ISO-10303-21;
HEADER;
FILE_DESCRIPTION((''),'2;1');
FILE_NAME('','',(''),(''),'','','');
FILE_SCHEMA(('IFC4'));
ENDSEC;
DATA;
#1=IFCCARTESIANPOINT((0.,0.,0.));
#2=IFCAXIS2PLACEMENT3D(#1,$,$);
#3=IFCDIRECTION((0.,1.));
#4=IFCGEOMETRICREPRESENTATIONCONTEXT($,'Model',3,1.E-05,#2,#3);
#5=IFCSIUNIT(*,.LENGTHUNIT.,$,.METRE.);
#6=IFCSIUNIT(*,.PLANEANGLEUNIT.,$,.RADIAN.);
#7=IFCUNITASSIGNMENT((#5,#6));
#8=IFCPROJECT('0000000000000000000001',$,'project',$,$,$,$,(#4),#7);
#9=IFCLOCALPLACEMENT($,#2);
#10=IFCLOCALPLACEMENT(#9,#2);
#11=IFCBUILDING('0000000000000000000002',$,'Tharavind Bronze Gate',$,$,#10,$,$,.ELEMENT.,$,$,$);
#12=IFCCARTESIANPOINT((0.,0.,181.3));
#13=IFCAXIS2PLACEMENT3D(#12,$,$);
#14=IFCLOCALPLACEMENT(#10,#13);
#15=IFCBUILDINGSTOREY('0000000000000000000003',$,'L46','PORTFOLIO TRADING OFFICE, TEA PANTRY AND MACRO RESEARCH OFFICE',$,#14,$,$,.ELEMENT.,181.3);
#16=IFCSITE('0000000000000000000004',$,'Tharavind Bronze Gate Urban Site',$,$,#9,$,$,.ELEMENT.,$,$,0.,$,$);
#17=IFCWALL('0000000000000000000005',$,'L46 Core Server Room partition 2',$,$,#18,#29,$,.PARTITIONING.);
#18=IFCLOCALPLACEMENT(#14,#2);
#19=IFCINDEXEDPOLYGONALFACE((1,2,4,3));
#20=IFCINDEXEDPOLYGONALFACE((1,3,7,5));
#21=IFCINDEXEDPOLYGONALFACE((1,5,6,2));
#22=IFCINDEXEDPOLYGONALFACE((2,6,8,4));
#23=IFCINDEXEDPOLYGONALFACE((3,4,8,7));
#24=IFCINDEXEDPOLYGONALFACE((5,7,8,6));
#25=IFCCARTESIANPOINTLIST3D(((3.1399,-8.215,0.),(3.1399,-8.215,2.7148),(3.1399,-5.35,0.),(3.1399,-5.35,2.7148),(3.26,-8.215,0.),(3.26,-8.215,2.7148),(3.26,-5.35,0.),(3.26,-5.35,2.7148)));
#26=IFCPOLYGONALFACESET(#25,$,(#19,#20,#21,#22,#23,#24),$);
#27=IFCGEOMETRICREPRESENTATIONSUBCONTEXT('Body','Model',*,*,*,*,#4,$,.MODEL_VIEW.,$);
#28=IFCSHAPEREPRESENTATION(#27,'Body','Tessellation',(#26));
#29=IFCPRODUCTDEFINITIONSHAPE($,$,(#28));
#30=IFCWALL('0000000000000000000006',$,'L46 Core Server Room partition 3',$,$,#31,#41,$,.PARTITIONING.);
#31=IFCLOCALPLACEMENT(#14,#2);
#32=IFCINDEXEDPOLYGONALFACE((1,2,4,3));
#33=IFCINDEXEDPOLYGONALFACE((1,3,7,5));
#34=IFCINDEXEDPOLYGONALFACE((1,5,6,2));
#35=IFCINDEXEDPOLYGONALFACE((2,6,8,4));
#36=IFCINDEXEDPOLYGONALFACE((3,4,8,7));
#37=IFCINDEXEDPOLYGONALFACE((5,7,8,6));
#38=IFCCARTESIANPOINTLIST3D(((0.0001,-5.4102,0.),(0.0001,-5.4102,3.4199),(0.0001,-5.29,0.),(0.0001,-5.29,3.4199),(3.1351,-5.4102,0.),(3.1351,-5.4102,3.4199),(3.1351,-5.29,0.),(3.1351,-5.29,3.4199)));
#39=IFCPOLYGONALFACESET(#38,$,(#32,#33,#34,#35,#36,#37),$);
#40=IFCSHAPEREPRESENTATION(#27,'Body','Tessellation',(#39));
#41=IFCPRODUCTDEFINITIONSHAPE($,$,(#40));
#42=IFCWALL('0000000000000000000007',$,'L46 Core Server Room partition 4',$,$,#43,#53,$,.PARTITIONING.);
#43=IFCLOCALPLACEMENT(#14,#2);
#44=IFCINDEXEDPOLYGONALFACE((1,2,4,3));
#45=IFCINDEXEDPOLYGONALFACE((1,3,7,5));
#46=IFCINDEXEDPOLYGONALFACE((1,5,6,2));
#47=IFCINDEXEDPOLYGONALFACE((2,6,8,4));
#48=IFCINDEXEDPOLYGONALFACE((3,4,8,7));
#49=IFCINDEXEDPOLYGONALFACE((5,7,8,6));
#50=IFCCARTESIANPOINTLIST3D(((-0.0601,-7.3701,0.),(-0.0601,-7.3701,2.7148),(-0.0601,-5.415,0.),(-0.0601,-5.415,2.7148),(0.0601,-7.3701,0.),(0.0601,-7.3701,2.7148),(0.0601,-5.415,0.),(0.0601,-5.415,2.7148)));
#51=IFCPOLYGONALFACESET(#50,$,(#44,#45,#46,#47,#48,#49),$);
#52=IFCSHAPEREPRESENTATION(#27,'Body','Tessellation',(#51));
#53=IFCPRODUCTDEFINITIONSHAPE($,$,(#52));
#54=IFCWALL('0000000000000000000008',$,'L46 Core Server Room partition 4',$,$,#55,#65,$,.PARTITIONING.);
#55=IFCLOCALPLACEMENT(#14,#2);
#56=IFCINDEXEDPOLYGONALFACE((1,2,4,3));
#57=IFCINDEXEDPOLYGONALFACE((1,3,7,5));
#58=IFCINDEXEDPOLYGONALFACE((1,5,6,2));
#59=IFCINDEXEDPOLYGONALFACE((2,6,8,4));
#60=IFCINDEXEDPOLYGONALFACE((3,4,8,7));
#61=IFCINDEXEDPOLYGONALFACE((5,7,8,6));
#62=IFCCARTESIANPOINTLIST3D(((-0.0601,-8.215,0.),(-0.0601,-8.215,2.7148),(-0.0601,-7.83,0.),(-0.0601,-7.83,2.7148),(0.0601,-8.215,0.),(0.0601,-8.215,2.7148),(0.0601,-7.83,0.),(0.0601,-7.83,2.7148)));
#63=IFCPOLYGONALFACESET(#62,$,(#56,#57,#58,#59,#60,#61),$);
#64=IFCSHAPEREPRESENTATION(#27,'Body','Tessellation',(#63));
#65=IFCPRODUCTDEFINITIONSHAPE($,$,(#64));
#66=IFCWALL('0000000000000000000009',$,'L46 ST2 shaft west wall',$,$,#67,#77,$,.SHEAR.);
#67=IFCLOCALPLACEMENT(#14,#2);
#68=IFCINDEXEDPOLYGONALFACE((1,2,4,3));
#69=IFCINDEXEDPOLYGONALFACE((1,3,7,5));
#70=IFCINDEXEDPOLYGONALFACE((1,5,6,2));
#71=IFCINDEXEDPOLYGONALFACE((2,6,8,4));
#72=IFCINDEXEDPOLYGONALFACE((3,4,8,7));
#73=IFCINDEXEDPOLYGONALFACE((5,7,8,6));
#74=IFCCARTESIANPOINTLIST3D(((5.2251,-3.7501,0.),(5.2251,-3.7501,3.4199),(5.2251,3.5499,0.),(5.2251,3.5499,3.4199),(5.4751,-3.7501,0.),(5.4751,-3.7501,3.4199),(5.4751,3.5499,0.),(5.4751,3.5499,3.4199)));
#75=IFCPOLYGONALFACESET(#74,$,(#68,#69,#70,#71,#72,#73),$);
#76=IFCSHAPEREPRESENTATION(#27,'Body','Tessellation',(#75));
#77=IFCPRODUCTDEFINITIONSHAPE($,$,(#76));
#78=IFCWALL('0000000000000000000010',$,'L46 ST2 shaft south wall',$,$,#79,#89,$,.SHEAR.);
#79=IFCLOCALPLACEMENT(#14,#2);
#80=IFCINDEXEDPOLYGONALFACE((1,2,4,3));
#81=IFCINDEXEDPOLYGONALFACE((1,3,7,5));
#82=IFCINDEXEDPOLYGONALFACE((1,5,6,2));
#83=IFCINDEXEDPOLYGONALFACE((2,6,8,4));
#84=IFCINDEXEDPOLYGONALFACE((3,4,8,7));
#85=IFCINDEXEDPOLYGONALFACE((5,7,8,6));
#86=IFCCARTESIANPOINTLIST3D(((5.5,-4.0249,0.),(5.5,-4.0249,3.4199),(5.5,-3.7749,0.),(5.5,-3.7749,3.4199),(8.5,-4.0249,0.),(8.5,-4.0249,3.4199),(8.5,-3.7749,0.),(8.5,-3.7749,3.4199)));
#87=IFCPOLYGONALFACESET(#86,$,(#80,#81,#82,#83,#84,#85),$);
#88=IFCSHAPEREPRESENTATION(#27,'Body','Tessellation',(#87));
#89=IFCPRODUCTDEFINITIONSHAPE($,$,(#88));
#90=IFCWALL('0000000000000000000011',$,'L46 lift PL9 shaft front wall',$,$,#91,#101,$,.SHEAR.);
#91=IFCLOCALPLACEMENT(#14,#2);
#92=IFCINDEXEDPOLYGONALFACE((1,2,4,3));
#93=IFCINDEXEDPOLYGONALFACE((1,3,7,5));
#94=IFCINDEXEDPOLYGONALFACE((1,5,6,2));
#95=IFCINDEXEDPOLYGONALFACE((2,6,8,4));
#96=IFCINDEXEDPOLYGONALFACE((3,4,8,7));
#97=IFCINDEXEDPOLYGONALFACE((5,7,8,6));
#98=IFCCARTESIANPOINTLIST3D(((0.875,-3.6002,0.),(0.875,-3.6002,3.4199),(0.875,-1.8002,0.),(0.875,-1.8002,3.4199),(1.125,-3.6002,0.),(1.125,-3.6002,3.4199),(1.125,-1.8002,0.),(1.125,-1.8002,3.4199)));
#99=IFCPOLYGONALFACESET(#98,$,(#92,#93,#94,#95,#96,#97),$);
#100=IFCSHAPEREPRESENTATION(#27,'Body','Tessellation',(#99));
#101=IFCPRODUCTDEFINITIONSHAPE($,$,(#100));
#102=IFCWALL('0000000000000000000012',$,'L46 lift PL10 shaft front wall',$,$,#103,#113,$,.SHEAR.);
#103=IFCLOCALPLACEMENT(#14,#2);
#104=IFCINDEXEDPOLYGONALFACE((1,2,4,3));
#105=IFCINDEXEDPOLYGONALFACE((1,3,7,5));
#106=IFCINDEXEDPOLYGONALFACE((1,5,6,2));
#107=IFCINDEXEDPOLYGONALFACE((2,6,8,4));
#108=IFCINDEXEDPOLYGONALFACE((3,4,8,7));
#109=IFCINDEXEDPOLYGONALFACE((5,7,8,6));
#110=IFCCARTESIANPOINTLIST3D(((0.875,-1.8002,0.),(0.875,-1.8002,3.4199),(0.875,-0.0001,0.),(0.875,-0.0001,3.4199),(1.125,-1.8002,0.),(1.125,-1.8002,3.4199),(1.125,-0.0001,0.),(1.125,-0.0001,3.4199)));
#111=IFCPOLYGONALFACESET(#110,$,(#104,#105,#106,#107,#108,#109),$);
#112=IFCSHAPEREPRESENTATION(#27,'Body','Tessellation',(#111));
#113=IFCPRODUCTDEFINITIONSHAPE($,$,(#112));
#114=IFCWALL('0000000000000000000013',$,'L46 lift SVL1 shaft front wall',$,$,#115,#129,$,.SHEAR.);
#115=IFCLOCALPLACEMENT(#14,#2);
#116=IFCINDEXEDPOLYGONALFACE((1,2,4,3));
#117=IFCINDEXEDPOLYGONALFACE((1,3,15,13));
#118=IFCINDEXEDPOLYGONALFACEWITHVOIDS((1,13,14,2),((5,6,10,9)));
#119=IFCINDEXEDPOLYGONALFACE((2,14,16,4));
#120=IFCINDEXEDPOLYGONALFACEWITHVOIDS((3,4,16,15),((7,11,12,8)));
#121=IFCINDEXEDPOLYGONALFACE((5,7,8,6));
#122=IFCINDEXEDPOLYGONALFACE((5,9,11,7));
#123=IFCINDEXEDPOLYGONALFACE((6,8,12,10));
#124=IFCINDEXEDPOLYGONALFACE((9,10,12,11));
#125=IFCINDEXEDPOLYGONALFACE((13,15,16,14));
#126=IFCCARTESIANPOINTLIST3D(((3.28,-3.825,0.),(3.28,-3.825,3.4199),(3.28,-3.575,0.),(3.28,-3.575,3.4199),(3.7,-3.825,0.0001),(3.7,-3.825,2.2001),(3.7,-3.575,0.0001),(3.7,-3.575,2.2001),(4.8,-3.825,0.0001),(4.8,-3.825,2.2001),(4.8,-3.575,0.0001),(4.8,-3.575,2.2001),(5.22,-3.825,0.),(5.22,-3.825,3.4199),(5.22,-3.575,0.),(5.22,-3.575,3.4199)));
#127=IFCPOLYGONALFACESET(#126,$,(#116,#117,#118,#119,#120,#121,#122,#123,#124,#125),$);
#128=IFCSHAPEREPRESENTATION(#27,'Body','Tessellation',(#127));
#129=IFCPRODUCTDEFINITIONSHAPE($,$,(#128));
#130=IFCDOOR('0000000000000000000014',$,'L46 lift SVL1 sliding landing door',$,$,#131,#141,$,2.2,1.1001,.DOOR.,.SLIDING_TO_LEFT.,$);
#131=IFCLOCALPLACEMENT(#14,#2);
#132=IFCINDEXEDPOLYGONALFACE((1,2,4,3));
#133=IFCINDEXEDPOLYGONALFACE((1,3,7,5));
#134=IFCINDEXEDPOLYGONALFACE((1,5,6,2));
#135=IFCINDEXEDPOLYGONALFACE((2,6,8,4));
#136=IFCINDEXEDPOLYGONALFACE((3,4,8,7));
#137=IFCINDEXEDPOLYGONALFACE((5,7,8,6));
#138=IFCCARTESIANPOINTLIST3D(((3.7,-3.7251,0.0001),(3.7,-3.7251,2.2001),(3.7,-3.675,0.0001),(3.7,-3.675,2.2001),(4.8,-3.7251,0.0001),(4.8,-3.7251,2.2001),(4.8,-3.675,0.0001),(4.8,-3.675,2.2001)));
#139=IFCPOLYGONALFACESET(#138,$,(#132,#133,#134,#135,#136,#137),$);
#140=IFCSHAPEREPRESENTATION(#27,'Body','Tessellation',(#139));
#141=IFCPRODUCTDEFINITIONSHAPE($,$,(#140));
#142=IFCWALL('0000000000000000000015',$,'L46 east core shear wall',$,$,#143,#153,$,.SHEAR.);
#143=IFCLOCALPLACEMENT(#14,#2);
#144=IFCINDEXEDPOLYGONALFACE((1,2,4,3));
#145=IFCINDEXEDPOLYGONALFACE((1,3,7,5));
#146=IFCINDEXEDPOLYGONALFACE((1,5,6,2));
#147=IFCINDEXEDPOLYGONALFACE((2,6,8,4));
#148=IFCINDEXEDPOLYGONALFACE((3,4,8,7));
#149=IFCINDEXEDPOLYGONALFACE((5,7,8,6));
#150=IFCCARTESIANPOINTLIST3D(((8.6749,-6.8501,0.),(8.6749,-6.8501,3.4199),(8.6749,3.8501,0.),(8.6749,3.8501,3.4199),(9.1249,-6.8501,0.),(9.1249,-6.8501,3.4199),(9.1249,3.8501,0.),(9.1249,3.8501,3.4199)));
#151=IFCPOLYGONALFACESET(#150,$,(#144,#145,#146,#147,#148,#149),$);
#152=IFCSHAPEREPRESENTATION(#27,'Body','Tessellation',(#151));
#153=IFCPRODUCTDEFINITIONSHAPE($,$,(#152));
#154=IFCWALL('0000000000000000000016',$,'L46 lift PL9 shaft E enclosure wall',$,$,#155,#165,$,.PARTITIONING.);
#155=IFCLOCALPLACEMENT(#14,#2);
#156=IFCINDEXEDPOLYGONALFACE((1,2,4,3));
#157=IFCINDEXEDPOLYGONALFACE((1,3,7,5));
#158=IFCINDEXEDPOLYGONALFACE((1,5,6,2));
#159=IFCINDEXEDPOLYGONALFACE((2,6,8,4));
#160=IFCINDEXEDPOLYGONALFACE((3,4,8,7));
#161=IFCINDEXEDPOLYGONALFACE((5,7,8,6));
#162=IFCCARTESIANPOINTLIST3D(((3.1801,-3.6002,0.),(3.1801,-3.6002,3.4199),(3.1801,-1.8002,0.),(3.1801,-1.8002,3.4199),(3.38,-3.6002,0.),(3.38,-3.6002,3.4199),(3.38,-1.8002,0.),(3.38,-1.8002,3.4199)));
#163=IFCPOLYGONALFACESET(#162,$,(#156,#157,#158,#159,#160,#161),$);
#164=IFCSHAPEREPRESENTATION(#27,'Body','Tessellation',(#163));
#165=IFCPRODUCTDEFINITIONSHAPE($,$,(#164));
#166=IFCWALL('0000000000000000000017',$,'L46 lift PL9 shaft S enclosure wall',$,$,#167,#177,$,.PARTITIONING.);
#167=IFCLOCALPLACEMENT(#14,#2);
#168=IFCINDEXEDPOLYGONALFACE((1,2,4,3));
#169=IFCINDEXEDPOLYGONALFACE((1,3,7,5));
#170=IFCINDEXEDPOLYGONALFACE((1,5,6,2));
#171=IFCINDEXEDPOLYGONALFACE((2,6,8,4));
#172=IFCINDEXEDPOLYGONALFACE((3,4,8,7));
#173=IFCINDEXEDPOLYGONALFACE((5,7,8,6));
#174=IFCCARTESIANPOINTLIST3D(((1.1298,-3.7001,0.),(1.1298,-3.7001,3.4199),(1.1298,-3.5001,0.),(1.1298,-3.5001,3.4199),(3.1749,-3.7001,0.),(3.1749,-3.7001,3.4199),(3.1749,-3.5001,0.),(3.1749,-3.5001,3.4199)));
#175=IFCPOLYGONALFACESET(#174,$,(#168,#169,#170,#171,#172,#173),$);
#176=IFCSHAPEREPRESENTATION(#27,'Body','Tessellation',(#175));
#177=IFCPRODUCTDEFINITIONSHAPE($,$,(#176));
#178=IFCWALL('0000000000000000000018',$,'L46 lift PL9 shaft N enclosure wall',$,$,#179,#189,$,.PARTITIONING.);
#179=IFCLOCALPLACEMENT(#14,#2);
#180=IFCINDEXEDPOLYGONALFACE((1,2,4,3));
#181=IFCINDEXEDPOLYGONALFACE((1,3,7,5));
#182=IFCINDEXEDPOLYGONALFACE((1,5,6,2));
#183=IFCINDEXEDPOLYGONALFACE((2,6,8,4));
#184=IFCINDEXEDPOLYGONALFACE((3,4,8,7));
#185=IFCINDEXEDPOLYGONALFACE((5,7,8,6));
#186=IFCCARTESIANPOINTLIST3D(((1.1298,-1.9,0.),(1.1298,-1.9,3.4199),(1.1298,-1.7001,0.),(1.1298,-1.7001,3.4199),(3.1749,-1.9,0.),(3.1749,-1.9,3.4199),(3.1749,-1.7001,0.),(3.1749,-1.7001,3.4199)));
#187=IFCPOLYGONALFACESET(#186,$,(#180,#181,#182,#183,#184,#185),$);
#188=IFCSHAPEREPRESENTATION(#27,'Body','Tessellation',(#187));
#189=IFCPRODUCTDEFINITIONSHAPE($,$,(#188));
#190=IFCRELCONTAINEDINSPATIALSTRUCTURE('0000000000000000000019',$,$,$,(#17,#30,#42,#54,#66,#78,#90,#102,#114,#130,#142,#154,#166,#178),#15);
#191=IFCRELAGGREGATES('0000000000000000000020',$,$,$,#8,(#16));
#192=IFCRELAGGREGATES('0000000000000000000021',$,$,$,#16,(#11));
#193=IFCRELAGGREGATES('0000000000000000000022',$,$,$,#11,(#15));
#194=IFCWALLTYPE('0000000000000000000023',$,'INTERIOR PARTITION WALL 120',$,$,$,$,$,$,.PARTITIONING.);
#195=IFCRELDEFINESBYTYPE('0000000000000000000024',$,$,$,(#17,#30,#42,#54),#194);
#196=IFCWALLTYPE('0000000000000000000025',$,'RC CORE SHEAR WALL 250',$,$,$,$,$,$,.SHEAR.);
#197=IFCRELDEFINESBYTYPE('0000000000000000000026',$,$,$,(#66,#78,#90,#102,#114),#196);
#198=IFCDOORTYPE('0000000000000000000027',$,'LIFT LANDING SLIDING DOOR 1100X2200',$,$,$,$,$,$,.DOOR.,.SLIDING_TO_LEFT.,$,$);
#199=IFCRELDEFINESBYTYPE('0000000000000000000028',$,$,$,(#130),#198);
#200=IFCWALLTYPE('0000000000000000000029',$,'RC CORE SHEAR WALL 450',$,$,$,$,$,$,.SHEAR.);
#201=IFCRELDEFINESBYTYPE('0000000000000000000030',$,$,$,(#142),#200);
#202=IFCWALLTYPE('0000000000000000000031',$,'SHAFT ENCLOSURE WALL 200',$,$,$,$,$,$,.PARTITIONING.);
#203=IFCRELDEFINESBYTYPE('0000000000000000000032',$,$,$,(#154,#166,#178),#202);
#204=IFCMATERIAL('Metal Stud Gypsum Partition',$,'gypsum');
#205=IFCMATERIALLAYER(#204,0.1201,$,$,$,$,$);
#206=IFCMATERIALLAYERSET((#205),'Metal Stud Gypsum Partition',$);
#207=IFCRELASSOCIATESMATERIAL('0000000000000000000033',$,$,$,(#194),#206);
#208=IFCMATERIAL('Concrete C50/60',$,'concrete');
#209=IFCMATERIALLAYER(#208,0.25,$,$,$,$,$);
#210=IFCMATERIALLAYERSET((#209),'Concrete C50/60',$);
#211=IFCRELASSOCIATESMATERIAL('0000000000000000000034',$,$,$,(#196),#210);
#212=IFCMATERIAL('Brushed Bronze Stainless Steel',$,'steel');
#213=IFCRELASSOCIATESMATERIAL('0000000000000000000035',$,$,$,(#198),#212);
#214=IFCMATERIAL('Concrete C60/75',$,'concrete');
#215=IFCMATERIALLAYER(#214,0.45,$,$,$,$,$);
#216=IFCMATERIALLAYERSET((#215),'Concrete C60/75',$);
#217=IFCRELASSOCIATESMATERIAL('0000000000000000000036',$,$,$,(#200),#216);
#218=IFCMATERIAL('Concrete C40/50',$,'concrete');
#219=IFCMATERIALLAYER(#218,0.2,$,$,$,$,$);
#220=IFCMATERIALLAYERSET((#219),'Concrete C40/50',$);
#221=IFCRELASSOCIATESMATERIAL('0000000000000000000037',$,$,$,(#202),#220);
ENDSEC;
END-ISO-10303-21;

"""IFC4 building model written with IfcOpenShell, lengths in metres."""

from ifc_helpers import new_model, si_unit, direction, frame, frame_2d, origin, place, context, subcontext, project, spatial, rectangle, extrude, material, layer, layer_set, type_object, element, fill, save


model = new_model("IFC4")

# Units and contexts
model_context = context("Model", 3, precision=1e-05, world=origin(), true_north=direction((0.0, 1.0)))
body_context = subcontext(model_context, "Body", "Model", "MODEL_VIEW")
ifc_project = project(units=[si_unit("LENGTHUNIT", "METRE"), si_unit("PLANEANGLEUNIT", "RADIAN")], contexts=[model_context])

# Site, building, storey
site_placement = place(None, origin())
site = spatial("IfcSite", under=ifc_project, at=site_placement, Name="Tharavind Bronze Gate Urban Site", CompositionType="ELEMENT", RefElevation=0.0)
building_placement = place(site_placement, origin())
building = spatial("IfcBuilding", under=site, at=building_placement, Name="Tharavind Bronze Gate", CompositionType="ELEMENT")
storey_placement = place(building_placement, frame((0.0, 0.0, 181.3)))
storey = spatial("IfcBuildingStorey", under=building, at=storey_placement, Name="L46", Description="PORTFOLIO TRADING OFFICE, TEA PANTRY AND MACRO RESEARCH OFFICE", CompositionType="ELEMENT", Elevation=181.3)

# Shared definitions
ifc_material_1 = material(Name="Concrete C60/75", Category="concrete")

# Walls
ifc_material_2 = material(Name="Metal Stud Gypsum Partition", Category="gypsum")
ifc_layer_1 = layer(ifc_material_2, 0.1201)
ifc_layer_set_1 = layer_set([ifc_layer_1], Name="Metal Stud Gypsum Partition")
wall_type_1 = type_object("IfcWallType", Name="INTERIOR PARTITION WALL 120", PredefinedType="PARTITIONING", material=ifc_layer_set_1)
wall_1_placement = place(storey_placement, frame((3.2, -8.2151, 0.0), z_axis=(0.0, 0.0, 1.0), x_axis=(0.0, 1.0, 0.0)))
element("IfcWall", 1, at=wall_1_placement, inside=storey, type_object=wall_type_1, Name="L46 Core Server Room partition 2", PredefinedType="PARTITIONING", context=body_context, shape_type="SweptSolid", body=[
    extrude(rectangle(XDim=2.865, YDim=0.1201, at=frame_2d((1.4326, 0.0))), origin(), (0.0, 0.0, 1.0), 2.7148),
])
wall_2_placement = place(storey_placement, frame((3.135, -5.3501, 0.0), z_axis=(0.0, 0.0, 1.0), x_axis=(-1.0, 0.0, 0.0)))
element("IfcWall", 2, at=wall_2_placement, inside=storey, type_object=wall_type_1, Name="L46 Core Server Room partition 3", PredefinedType="PARTITIONING", context=body_context, shape_type="SweptSolid", body=[
    extrude(rectangle(XDim=3.135, YDim=0.1201, at=frame_2d((1.5674, 0.0))), origin(), (0.0, 0.0, 1.0), 3.4199),
])
wall_3_placement = place(storey_placement, frame((0.0, -5.415, 0.0), z_axis=(0.0, 0.0, 1.0), x_axis=(0.0, -1.0, 0.0)))
element("IfcWall", 3, at=wall_3_placement, inside=storey, type_object=wall_type_1, Name="L46 Core Server Room partition 4", PredefinedType="PARTITIONING", context=body_context, shape_type="SweptSolid", body=[
    extrude(rectangle(XDim=1.9551, YDim=0.1201, at=frame_2d((0.9775, 0.0))), origin(), (0.0, 0.0, 1.0), 2.7148),
])
wall_4_placement = place(storey_placement, frame((0.0, -7.8301, 0.0), z_axis=(0.0, 0.0, 1.0), x_axis=(0.0, -1.0, 0.0)))
element("IfcWall", 4, at=wall_4_placement, inside=storey, type_object=wall_type_1, Name="L46 Core Server Room partition 4", PredefinedType="PARTITIONING", context=body_context, shape_type="SweptSolid", body=[
    extrude(rectangle(XDim=0.385, YDim=0.1201, at=frame_2d((0.1924, 0.0))), origin(), (0.0, 0.0, 1.0), 2.7148),
])
ifc_material_3 = material(Name="Concrete C50/60", Category="concrete")
ifc_layer_2 = layer(ifc_material_3, 0.25)
ifc_layer_set_2 = layer_set([ifc_layer_2], Name="Concrete C50/60")
wall_type_2 = type_object("IfcWallType", Name="RC CORE SHEAR WALL 250", PredefinedType="SHEAR", material=ifc_layer_set_2)
wall_5_placement = place(storey_placement, frame((5.3501, -3.75, 0.0), z_axis=(0.0, 0.0, 1.0), x_axis=(0.0, 1.0, 0.0)))
element("IfcWall", 5, at=wall_5_placement, inside=storey, type_object=wall_type_2, Name="L46 ST2 shaft west wall", PredefinedType="SHEAR", context=body_context, shape_type="SweptSolid", body=[
    extrude(rectangle(XDim=7.3, YDim=0.25, at=frame_2d((3.6499, 0.0))), origin(), (0.0, 0.0, 1.0), 3.4199),
])
wall_6_placement = place(storey_placement, frame((5.5, -3.8999, 0.0), z_axis=(0.0, 0.0, 1.0), x_axis=(1.0, 0.0, 0.0)))
element("IfcWall", 6, at=wall_6_placement, inside=storey, type_object=wall_type_2, Name="L46 ST2 shaft south wall", PredefinedType="SHEAR", context=body_context, shape_type="SweptSolid", body=[
    extrude(rectangle(XDim=3.0, YDim=0.25, at=frame_2d((1.5, 0.0))), origin(), (0.0, 0.0, 1.0), 3.4199),
])
for number, where, z_axis, x_axis, name in (
    (7, (1.0, -3.6001, 0.0), (0.0, 0.0, 1.0), (0.0, 1.0, 0.0), "L46 lift PL9 shaft front wall"),
    (8, (1.0, -1.8, 0.0), (0.0, 0.0, 1.0), (0.0, 1.0, 0.0), "L46 lift PL10 shaft front wall"),
):
    element("IfcWall", number, at=place(storey_placement, frame(where, z_axis=z_axis, x_axis=x_axis)), inside=storey, type_object=wall_type_2, Name=name, PredefinedType="SHEAR", context=body_context, shape_type="SweptSolid", body=[
        extrude(rectangle(XDim=1.8, YDim=0.25, at=frame_2d((0.8999, 0.0))), origin(), (0.0, 0.0, 1.0), 3.4199),
    ])

# Wall, opening, door
wall_7_placement = place(storey_placement, frame((3.28, -3.7, 0.0), z_axis=(0.0, 0.0, 1.0), x_axis=(1.0, 0.0, 0.0)))
wall_7 = element("IfcWall", 9, at=wall_7_placement, inside=storey, type_object=wall_type_2, Name="L46 lift SVL1 shaft front wall", PredefinedType="SHEAR", context=body_context, shape_type="SweptSolid", body=[
    extrude(rectangle(XDim=1.9399, YDim=0.25, at=frame_2d((0.97, 0.0))), origin(), (0.0, 0.0, 1.0), 3.4199),
])
opening_placement = place(wall_7_placement, frame((0.4199, 0.0, 0.0)))
opening = element("IfcOpeningElement", 10, at=opening_placement, cuts=wall_7, PredefinedType="OPENING", context=body_context, shape_type="SweptSolid", body=[
    extrude(rectangle(XDim=1.1001, YDim=2.2, at=frame_2d((0.55, 1.1001))), frame((0.0, 0.135, 0.0), z_axis=(0.0, -1.0, 0.0), x_axis=(1.0, 0.0, 0.0)), (0.0, 0.0, 1.0), 0.27),
])
ifc_material_4 = material(Name="Brushed Bronze Stainless Steel", Category="steel")
door_type = type_object("IfcDoorType", Name="LIFT LANDING SLIDING DOOR 1100X2200", OperationType="SLIDING_TO_LEFT", PredefinedType="DOOR", material=ifc_material_4)
door_placement = place(opening_placement, origin())
door = element("IfcDoor", 11, at=door_placement, inside=storey, type_object=door_type, Name="L46 lift SVL1 sliding landing door", OperationType="SLIDING_TO_LEFT", OverallHeight=2.2, OverallWidth=1.1001, PredefinedType="DOOR", context=body_context, shape_type="SweptSolid", body=[
    extrude(rectangle(XDim=1.1001, YDim=2.2, at=frame_2d((0.55, 1.1001))), frame((0.0, 0.0249, 0.0), z_axis=(0.0, -1.0, 0.0), x_axis=(1.0, 0.0, 0.0)), (0.0, 0.0, 1.0), 0.05),
])
fill(opening, door)

# Walls
ifc_layer_3 = layer(ifc_material_1, 0.45)
ifc_layer_set_3 = layer_set([ifc_layer_3], Name="Concrete C60/75")
wall_type_3 = type_object("IfcWallType", Name="RC CORE SHEAR WALL 450", PredefinedType="SHEAR", material=ifc_layer_set_3)
wall_8_placement = place(storey_placement, frame((8.8999, -6.8501, 0.0), z_axis=(0.0, 0.0, 1.0), x_axis=(0.0, 1.0, 0.0)))
element("IfcWall", 12, at=wall_8_placement, inside=storey, type_object=wall_type_3, Name="L46 east core shear wall", PredefinedType="SHEAR", context=body_context, shape_type="SweptSolid", body=[
    extrude(rectangle(XDim=10.7002, YDim=0.45, at=frame_2d((5.3501, 0.0))), origin(), (0.0, 0.0, 1.0), 3.4199),
])
ifc_material_5 = material(Name="Concrete C40/50", Category="concrete")
ifc_layer_4 = layer(ifc_material_5, 0.2)
ifc_layer_set_4 = layer_set([ifc_layer_4], Name="Concrete C40/50")
wall_type_4 = type_object("IfcWallType", Name="SHAFT ENCLOSURE WALL 200", PredefinedType="PARTITIONING", material=ifc_layer_set_4)
wall_9_placement = place(storey_placement, frame((3.28, -3.6001, 0.0), z_axis=(0.0, 0.0, 1.0), x_axis=(0.0, 1.0, 0.0)))
element("IfcWall", 13, at=wall_9_placement, inside=storey, type_object=wall_type_4, Name="L46 lift PL9 shaft E enclosure wall", PredefinedType="PARTITIONING", context=body_context, shape_type="SweptSolid", body=[
    extrude(rectangle(XDim=1.8, YDim=0.2, at=frame_2d((0.8999, 0.0))), origin(), (0.0, 0.0, 1.0), 3.4199),
])
for number, where, z_axis, x_axis, name in (
    (14, (1.1299, -3.6001, 0.0), (0.0, 0.0, 1.0), (1.0, 0.0, 0.0), "L46 lift PL9 shaft S enclosure wall"),
    (15, (1.1299, -1.8, 0.0), (0.0, 0.0, 1.0), (1.0, 0.0, 0.0), "L46 lift PL9 shaft N enclosure wall"),
):
    element("IfcWall", number, at=place(storey_placement, frame(where, z_axis=z_axis, x_axis=x_axis)), inside=storey, type_object=wall_type_4, Name=name, PredefinedType="PARTITIONING", context=body_context, shape_type="SweptSolid", body=[
        extrude(rectangle(XDim=2.0452, YDim=0.2, at=frame_2d((1.0225, 0.0))), origin(), (0.0, 0.0, 1.0), 3.4199),
    ])

save(model, "model.ifc")
